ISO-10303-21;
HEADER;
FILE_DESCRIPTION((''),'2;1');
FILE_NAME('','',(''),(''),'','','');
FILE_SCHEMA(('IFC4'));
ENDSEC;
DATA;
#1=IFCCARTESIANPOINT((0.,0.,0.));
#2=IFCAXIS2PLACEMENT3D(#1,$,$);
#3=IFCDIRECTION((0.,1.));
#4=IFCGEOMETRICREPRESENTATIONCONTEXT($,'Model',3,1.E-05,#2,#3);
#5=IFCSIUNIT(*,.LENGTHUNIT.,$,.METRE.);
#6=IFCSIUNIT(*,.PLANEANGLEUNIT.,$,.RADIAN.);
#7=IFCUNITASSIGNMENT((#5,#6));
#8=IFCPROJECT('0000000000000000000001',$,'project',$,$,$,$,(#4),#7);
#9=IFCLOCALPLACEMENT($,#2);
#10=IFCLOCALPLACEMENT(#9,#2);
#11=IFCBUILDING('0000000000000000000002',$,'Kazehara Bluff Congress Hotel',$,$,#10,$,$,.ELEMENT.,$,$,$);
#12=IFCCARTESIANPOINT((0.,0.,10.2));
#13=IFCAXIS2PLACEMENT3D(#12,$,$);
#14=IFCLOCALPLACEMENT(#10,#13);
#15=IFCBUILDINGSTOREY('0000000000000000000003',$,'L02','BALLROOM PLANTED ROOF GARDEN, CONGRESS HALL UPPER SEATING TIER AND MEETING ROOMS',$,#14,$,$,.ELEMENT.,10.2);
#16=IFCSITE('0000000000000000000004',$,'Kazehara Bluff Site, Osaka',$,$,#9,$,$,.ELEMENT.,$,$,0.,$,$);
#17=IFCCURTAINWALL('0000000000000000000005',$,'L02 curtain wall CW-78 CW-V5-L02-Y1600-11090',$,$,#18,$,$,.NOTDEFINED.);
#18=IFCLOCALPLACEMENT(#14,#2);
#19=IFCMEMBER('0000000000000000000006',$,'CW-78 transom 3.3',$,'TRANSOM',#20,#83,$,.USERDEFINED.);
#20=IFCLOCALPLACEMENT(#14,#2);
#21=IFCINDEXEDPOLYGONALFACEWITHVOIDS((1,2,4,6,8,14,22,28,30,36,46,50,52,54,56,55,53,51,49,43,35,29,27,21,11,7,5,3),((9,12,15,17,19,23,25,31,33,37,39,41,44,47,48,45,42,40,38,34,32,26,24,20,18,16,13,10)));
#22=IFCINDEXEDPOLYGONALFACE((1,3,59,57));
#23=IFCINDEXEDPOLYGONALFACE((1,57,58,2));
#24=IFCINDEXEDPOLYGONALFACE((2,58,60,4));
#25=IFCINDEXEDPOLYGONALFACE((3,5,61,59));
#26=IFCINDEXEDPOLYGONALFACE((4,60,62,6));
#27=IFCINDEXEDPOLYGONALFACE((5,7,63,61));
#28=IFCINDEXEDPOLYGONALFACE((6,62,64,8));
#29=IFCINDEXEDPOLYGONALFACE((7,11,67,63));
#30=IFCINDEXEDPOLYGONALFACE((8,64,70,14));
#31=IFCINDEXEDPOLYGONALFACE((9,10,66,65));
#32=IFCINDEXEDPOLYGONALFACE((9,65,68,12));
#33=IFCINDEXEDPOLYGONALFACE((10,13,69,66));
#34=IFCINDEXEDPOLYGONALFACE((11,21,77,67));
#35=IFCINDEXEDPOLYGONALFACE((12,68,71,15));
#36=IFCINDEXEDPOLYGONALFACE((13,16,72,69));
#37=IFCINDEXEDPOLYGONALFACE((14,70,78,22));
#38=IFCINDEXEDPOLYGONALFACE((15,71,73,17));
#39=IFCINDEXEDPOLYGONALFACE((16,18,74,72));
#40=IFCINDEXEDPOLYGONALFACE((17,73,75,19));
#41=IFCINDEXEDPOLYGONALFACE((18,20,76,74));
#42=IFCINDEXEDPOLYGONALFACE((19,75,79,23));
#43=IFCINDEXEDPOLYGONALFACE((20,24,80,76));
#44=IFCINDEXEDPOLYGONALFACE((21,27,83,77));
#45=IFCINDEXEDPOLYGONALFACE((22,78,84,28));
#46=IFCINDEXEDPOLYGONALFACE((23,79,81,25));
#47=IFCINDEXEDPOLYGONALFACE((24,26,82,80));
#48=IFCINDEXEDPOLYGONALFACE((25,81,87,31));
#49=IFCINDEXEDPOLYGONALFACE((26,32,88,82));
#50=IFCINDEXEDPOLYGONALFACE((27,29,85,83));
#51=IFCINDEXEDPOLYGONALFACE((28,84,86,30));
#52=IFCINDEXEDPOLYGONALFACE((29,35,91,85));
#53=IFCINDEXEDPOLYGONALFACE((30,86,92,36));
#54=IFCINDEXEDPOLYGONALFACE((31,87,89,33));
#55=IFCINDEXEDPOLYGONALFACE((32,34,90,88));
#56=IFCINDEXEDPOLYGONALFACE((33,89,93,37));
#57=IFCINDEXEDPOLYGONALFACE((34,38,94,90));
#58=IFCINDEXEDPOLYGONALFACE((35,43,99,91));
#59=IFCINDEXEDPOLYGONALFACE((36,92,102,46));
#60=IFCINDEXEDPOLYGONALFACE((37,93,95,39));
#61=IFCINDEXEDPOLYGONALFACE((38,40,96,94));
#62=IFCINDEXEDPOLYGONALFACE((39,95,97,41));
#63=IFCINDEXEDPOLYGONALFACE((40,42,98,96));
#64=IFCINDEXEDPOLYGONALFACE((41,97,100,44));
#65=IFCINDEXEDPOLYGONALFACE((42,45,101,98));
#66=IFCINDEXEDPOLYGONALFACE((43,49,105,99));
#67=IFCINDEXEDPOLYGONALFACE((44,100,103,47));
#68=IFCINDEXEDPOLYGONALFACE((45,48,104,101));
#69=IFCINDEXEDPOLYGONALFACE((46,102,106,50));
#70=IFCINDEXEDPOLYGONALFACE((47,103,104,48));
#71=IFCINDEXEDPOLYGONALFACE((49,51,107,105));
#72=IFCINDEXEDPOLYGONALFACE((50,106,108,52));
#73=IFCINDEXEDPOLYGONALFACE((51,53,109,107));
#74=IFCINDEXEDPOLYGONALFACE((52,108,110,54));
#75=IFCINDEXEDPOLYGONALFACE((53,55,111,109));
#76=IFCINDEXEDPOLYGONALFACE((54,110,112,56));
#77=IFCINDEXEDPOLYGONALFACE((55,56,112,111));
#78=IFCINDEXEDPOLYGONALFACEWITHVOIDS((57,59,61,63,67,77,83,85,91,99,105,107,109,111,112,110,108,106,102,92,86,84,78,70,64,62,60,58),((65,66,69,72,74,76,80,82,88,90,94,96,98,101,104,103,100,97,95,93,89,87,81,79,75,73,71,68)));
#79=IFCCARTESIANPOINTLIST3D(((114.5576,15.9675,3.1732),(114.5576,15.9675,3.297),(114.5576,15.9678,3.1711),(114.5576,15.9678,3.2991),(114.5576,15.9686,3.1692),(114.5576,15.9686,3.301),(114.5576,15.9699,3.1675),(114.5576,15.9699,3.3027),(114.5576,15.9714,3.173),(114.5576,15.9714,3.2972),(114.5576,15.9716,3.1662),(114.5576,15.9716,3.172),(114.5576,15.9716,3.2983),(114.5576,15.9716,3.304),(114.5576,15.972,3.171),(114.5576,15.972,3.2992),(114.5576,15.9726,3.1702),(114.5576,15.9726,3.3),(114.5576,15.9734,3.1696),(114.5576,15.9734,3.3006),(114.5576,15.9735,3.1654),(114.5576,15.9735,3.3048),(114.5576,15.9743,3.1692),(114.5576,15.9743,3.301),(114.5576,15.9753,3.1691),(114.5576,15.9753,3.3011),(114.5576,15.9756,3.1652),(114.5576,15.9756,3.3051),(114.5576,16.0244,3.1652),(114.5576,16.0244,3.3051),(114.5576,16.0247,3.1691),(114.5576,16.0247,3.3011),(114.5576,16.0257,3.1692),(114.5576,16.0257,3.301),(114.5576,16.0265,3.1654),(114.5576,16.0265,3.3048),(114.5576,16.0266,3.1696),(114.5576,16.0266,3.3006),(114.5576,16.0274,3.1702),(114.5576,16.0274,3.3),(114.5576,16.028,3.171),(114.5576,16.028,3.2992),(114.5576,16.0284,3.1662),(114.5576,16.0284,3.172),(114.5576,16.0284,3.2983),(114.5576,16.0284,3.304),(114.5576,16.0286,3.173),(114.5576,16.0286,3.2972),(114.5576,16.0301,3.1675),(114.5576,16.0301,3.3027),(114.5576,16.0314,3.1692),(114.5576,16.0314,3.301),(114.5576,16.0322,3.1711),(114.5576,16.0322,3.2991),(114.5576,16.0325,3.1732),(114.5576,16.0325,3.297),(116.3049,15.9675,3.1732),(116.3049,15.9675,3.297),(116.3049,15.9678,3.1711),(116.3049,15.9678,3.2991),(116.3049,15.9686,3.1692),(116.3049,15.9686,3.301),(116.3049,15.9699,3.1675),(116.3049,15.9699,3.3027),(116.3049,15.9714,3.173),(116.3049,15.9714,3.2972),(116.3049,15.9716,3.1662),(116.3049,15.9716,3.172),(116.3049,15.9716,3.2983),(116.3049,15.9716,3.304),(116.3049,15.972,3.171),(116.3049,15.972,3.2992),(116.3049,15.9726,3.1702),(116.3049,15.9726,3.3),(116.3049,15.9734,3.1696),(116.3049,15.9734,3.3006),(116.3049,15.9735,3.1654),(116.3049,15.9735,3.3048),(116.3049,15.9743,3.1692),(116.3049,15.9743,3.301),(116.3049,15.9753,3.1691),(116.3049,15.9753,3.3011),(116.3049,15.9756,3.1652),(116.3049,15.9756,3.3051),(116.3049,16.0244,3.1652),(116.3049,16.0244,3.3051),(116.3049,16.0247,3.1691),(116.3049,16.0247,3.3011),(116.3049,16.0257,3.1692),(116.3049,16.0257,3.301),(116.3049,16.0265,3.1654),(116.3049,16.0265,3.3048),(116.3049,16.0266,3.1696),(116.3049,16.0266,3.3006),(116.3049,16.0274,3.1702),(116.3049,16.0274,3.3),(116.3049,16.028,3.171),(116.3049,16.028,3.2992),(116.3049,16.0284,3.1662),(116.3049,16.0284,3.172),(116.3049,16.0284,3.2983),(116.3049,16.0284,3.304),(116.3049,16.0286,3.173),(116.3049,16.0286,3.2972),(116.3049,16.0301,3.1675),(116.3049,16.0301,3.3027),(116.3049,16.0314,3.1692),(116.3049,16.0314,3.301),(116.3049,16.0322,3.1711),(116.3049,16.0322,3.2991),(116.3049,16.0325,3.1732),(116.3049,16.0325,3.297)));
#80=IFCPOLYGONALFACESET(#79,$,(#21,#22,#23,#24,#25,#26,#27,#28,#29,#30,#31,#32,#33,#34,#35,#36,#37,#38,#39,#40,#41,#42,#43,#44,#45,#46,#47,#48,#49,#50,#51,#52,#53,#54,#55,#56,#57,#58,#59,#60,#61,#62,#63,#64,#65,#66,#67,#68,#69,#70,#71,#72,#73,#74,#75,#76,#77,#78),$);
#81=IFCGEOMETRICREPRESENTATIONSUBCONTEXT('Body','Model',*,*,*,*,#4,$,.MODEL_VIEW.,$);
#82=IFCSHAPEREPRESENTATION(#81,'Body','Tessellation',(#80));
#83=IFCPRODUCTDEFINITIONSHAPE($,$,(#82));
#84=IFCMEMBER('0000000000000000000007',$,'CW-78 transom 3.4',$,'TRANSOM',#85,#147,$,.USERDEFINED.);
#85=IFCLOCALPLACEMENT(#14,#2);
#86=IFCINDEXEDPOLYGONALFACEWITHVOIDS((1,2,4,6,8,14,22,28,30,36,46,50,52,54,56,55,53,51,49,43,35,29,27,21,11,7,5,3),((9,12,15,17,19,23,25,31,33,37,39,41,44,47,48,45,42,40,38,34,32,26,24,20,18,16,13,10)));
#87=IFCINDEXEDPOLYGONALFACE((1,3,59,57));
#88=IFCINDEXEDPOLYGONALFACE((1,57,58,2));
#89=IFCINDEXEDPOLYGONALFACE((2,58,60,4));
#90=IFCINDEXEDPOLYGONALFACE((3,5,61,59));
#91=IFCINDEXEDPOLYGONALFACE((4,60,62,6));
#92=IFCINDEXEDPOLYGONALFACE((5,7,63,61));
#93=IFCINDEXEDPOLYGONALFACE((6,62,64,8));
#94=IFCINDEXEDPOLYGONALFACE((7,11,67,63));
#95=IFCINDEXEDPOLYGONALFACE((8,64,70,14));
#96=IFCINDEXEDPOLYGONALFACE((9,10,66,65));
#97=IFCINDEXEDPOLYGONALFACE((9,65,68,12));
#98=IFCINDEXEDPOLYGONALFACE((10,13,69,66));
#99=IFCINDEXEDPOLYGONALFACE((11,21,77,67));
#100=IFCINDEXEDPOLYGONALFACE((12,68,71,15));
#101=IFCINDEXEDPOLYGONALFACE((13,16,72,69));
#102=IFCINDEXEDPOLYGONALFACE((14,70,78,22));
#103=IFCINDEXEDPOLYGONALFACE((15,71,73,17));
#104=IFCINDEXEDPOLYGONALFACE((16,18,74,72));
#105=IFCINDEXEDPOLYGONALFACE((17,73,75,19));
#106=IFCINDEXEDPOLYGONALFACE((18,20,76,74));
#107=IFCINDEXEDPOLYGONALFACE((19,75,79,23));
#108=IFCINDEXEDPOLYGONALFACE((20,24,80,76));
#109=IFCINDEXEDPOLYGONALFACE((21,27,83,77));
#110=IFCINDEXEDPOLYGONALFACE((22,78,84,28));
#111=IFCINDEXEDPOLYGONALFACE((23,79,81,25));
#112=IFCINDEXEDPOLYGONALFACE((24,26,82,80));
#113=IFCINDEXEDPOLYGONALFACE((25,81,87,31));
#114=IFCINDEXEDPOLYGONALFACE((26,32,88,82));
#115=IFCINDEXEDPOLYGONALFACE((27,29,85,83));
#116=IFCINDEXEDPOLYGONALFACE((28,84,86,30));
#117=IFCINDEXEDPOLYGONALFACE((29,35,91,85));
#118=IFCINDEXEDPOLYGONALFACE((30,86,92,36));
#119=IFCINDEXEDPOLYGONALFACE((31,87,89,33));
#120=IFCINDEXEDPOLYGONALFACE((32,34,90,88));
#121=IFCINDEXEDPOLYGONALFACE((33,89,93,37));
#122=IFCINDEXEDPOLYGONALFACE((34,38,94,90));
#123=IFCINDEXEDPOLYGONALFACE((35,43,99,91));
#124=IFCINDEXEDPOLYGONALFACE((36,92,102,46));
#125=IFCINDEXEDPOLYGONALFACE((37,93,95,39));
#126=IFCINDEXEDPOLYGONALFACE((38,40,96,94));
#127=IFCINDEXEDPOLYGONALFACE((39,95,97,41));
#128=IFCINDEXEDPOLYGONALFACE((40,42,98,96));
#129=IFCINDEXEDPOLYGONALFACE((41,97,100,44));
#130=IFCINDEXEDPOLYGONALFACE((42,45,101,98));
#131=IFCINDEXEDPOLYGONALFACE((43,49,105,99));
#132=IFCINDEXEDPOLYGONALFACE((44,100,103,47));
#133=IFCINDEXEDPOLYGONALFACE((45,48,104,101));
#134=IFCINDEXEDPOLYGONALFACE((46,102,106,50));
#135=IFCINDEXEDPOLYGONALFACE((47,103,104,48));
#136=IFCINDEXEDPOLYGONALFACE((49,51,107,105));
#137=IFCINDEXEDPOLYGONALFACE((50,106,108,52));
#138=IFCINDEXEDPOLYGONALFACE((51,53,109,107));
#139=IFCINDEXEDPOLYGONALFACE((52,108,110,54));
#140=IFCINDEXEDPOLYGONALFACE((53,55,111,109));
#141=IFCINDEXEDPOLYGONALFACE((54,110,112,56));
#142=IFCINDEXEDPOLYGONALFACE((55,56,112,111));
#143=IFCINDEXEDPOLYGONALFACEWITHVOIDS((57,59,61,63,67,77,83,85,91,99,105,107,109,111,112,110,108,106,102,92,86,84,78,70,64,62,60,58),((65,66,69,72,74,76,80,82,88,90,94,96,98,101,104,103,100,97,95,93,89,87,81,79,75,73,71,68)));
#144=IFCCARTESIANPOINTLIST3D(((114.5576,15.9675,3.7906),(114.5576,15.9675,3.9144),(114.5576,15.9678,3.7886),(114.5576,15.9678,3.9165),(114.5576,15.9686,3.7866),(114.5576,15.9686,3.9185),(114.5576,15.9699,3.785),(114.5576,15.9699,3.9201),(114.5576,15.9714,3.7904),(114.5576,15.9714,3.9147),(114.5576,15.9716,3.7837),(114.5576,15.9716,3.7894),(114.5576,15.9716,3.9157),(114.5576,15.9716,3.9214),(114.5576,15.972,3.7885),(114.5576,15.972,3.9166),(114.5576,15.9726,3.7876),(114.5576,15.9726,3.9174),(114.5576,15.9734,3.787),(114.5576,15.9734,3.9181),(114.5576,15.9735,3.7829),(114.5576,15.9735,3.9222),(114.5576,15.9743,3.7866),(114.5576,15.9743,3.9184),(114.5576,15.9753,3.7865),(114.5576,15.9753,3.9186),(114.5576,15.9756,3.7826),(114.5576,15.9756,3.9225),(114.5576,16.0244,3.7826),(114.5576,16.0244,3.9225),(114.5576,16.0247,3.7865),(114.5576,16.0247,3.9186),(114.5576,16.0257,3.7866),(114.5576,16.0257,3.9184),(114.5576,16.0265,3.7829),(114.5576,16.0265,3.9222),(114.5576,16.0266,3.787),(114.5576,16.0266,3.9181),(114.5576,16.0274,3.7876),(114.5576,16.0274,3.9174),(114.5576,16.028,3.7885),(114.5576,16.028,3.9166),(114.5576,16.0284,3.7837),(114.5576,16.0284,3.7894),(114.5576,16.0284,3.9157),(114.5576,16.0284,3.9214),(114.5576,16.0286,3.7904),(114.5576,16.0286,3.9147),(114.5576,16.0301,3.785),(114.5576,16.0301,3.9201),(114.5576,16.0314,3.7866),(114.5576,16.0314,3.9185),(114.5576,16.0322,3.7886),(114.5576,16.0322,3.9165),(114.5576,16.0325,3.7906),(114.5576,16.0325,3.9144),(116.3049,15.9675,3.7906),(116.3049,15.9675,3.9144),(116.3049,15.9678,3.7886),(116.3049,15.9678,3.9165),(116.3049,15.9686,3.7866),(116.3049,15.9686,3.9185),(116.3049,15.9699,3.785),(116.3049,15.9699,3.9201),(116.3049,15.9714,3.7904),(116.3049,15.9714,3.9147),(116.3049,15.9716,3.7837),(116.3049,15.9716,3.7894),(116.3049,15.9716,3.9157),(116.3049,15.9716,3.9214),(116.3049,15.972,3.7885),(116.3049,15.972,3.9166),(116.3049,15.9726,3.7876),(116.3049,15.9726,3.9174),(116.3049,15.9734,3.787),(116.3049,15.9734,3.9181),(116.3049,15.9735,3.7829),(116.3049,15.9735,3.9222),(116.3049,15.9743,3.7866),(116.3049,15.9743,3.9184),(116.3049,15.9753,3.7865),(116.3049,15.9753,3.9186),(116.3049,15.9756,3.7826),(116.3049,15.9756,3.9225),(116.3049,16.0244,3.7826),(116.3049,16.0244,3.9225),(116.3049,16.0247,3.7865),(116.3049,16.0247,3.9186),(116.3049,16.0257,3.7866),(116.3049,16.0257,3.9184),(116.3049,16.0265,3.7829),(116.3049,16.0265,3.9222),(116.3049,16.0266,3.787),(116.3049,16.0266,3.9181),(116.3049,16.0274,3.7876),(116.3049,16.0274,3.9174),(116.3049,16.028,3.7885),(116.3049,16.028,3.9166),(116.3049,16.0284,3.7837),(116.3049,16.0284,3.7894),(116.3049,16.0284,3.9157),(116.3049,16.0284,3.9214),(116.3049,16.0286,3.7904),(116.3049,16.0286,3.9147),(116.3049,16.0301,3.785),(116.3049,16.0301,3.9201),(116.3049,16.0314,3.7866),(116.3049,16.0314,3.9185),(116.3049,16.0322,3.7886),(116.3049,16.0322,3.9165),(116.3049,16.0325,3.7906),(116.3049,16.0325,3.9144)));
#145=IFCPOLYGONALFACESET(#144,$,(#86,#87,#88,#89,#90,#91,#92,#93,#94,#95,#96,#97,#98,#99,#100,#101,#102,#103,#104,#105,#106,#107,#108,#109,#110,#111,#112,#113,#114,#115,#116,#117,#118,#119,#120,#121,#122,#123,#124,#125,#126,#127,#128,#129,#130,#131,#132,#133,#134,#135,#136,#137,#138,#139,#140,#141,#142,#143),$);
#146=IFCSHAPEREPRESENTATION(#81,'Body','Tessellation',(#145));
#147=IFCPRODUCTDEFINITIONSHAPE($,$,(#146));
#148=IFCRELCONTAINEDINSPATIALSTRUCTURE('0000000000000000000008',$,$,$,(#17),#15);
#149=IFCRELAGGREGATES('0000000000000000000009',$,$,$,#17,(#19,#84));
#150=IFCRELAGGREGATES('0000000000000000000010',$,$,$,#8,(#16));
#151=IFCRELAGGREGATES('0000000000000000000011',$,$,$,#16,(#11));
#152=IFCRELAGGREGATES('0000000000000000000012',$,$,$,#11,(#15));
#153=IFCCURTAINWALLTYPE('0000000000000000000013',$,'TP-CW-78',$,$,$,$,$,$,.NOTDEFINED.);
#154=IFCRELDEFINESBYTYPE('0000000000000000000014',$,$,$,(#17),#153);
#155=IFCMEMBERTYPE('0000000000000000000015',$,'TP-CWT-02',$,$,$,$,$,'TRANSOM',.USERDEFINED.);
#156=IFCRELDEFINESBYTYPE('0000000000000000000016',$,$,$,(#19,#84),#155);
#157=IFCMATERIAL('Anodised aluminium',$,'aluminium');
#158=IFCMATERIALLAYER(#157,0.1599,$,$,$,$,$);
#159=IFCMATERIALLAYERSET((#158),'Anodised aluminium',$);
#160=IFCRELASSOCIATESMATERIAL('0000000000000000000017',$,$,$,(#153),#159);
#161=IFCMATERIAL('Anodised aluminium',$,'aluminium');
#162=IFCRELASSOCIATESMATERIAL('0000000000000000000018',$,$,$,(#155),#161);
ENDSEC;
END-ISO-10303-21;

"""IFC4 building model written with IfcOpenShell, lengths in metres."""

from ifc_helpers import new_model, si_unit, direction, frame, origin, origin_2d, place, context, subcontext, project, spatial, hollow_rectangle, extrude, material, layer, layer_set, material_profile, profile_set, type_object, element, aggregate, save


model = new_model("IFC4")

# Units and contexts
model_context = context("Model", 3, precision=1e-05, world=origin(), true_north=direction((0.0, 1.0)))
body_context = subcontext(model_context, "Body", "Model", "MODEL_VIEW")
ifc_project = project(units=[si_unit("LENGTHUNIT", "METRE"), si_unit("PLANEANGLEUNIT", "RADIAN")], contexts=[model_context])

# Site, building, storey
site_placement = place(None, origin())
site = spatial("IfcSite", under=ifc_project, at=site_placement, Name="Kazehara Bluff Site, Osaka", CompositionType="ELEMENT", RefElevation=0.0)
building_placement = place(site_placement, origin())
building = spatial("IfcBuilding", under=site, at=building_placement, Name="Kazehara Bluff Congress Hotel", CompositionType="ELEMENT")
storey_placement = place(building_placement, frame((0.0, 0.0, 10.2)))
storey = spatial("IfcBuildingStorey", under=building, at=storey_placement, Name="L02", Description="BALLROOM PLANTED ROOF GARDEN, CONGRESS HALL UPPER SEATING TIER AND MEETING ROOMS", CompositionType="ELEMENT", Elevation=10.2)

# Curtain wall, members
ifc_material_1 = material(Name="Anodised aluminium", Category="aluminium")
ifc_layer_1 = layer(ifc_material_1, 0.1599)
ifc_layer_set_1 = layer_set([ifc_layer_1], Name="Anodised aluminium")
curtain_wall_type = type_object("IfcCurtainWallType", Name="TP-CW-78", PredefinedType="NOTDEFINED", material=ifc_layer_set_1)
curtain_wall_placement = place(storey_placement, origin())
curtain_wall = element("IfcCurtainWall", 1, at=curtain_wall_placement, inside=storey, type_object=curtain_wall_type, Name="L02 curtain wall CW-78 CW-V5-L02-Y1600-11090", PredefinedType="NOTDEFINED")
ifc_material_2 = material(Name="Anodised aluminium", Category="aluminium")
ifc_material_profile_1 = material_profile(ifc_material_2, hollow_rectangle(XDim=0.0649, YDim=0.1399, WallThickness=0.0039, InnerFilletRadius=0.0039, OuterFilletRadius=0.0081, at=origin_2d()))
ifc_profile_set_1 = profile_set([ifc_material_profile_1], Name="Anodised aluminium")
member_type_1 = type_object("IfcMemberType", Name="TP-CWT-02", ElementType="TRANSOM", PredefinedType="USERDEFINED", material=ifc_profile_set_1)
member_1_placement = place(storey_placement, frame((114.5576, 16.0, 3.2351), z_axis=(1.0, 0.0, 0.0), x_axis=(0.0, 1.0, 0.0)))
member_1 = element("IfcMember", 2, at=member_1_placement, type_object=member_type_1, Name="CW-78 transom 3.3", ObjectType="TRANSOM", PredefinedType="USERDEFINED", context=body_context, shape_type="SweptSolid", body=[
    extrude(hollow_rectangle(XDim=0.0649, YDim=0.1399, WallThickness=0.0039, InnerFilletRadius=0.0039, OuterFilletRadius=0.0081, at=origin_2d()), origin(), (0.0, 0.0, 1.0), 1.7473),
])
member_2_placement = place(storey_placement, frame((114.5576, 16.0, 3.8525), z_axis=(1.0, 0.0, 0.0), x_axis=(0.0, 1.0, 0.0)))
member_2 = element("IfcMember", 3, at=member_2_placement, type_object=member_type_1, Name="CW-78 transom 3.4", ObjectType="TRANSOM", PredefinedType="USERDEFINED", context=body_context, shape_type="SweptSolid", body=[
    extrude(hollow_rectangle(XDim=0.0649, YDim=0.1399, WallThickness=0.0039, InnerFilletRadius=0.0039, OuterFilletRadius=0.0081, at=origin_2d()), origin(), (0.0, 0.0, 1.0), 1.7473),
])
aggregate(curtain_wall, [member_1, member_2])

save(model, "model.ifc")
